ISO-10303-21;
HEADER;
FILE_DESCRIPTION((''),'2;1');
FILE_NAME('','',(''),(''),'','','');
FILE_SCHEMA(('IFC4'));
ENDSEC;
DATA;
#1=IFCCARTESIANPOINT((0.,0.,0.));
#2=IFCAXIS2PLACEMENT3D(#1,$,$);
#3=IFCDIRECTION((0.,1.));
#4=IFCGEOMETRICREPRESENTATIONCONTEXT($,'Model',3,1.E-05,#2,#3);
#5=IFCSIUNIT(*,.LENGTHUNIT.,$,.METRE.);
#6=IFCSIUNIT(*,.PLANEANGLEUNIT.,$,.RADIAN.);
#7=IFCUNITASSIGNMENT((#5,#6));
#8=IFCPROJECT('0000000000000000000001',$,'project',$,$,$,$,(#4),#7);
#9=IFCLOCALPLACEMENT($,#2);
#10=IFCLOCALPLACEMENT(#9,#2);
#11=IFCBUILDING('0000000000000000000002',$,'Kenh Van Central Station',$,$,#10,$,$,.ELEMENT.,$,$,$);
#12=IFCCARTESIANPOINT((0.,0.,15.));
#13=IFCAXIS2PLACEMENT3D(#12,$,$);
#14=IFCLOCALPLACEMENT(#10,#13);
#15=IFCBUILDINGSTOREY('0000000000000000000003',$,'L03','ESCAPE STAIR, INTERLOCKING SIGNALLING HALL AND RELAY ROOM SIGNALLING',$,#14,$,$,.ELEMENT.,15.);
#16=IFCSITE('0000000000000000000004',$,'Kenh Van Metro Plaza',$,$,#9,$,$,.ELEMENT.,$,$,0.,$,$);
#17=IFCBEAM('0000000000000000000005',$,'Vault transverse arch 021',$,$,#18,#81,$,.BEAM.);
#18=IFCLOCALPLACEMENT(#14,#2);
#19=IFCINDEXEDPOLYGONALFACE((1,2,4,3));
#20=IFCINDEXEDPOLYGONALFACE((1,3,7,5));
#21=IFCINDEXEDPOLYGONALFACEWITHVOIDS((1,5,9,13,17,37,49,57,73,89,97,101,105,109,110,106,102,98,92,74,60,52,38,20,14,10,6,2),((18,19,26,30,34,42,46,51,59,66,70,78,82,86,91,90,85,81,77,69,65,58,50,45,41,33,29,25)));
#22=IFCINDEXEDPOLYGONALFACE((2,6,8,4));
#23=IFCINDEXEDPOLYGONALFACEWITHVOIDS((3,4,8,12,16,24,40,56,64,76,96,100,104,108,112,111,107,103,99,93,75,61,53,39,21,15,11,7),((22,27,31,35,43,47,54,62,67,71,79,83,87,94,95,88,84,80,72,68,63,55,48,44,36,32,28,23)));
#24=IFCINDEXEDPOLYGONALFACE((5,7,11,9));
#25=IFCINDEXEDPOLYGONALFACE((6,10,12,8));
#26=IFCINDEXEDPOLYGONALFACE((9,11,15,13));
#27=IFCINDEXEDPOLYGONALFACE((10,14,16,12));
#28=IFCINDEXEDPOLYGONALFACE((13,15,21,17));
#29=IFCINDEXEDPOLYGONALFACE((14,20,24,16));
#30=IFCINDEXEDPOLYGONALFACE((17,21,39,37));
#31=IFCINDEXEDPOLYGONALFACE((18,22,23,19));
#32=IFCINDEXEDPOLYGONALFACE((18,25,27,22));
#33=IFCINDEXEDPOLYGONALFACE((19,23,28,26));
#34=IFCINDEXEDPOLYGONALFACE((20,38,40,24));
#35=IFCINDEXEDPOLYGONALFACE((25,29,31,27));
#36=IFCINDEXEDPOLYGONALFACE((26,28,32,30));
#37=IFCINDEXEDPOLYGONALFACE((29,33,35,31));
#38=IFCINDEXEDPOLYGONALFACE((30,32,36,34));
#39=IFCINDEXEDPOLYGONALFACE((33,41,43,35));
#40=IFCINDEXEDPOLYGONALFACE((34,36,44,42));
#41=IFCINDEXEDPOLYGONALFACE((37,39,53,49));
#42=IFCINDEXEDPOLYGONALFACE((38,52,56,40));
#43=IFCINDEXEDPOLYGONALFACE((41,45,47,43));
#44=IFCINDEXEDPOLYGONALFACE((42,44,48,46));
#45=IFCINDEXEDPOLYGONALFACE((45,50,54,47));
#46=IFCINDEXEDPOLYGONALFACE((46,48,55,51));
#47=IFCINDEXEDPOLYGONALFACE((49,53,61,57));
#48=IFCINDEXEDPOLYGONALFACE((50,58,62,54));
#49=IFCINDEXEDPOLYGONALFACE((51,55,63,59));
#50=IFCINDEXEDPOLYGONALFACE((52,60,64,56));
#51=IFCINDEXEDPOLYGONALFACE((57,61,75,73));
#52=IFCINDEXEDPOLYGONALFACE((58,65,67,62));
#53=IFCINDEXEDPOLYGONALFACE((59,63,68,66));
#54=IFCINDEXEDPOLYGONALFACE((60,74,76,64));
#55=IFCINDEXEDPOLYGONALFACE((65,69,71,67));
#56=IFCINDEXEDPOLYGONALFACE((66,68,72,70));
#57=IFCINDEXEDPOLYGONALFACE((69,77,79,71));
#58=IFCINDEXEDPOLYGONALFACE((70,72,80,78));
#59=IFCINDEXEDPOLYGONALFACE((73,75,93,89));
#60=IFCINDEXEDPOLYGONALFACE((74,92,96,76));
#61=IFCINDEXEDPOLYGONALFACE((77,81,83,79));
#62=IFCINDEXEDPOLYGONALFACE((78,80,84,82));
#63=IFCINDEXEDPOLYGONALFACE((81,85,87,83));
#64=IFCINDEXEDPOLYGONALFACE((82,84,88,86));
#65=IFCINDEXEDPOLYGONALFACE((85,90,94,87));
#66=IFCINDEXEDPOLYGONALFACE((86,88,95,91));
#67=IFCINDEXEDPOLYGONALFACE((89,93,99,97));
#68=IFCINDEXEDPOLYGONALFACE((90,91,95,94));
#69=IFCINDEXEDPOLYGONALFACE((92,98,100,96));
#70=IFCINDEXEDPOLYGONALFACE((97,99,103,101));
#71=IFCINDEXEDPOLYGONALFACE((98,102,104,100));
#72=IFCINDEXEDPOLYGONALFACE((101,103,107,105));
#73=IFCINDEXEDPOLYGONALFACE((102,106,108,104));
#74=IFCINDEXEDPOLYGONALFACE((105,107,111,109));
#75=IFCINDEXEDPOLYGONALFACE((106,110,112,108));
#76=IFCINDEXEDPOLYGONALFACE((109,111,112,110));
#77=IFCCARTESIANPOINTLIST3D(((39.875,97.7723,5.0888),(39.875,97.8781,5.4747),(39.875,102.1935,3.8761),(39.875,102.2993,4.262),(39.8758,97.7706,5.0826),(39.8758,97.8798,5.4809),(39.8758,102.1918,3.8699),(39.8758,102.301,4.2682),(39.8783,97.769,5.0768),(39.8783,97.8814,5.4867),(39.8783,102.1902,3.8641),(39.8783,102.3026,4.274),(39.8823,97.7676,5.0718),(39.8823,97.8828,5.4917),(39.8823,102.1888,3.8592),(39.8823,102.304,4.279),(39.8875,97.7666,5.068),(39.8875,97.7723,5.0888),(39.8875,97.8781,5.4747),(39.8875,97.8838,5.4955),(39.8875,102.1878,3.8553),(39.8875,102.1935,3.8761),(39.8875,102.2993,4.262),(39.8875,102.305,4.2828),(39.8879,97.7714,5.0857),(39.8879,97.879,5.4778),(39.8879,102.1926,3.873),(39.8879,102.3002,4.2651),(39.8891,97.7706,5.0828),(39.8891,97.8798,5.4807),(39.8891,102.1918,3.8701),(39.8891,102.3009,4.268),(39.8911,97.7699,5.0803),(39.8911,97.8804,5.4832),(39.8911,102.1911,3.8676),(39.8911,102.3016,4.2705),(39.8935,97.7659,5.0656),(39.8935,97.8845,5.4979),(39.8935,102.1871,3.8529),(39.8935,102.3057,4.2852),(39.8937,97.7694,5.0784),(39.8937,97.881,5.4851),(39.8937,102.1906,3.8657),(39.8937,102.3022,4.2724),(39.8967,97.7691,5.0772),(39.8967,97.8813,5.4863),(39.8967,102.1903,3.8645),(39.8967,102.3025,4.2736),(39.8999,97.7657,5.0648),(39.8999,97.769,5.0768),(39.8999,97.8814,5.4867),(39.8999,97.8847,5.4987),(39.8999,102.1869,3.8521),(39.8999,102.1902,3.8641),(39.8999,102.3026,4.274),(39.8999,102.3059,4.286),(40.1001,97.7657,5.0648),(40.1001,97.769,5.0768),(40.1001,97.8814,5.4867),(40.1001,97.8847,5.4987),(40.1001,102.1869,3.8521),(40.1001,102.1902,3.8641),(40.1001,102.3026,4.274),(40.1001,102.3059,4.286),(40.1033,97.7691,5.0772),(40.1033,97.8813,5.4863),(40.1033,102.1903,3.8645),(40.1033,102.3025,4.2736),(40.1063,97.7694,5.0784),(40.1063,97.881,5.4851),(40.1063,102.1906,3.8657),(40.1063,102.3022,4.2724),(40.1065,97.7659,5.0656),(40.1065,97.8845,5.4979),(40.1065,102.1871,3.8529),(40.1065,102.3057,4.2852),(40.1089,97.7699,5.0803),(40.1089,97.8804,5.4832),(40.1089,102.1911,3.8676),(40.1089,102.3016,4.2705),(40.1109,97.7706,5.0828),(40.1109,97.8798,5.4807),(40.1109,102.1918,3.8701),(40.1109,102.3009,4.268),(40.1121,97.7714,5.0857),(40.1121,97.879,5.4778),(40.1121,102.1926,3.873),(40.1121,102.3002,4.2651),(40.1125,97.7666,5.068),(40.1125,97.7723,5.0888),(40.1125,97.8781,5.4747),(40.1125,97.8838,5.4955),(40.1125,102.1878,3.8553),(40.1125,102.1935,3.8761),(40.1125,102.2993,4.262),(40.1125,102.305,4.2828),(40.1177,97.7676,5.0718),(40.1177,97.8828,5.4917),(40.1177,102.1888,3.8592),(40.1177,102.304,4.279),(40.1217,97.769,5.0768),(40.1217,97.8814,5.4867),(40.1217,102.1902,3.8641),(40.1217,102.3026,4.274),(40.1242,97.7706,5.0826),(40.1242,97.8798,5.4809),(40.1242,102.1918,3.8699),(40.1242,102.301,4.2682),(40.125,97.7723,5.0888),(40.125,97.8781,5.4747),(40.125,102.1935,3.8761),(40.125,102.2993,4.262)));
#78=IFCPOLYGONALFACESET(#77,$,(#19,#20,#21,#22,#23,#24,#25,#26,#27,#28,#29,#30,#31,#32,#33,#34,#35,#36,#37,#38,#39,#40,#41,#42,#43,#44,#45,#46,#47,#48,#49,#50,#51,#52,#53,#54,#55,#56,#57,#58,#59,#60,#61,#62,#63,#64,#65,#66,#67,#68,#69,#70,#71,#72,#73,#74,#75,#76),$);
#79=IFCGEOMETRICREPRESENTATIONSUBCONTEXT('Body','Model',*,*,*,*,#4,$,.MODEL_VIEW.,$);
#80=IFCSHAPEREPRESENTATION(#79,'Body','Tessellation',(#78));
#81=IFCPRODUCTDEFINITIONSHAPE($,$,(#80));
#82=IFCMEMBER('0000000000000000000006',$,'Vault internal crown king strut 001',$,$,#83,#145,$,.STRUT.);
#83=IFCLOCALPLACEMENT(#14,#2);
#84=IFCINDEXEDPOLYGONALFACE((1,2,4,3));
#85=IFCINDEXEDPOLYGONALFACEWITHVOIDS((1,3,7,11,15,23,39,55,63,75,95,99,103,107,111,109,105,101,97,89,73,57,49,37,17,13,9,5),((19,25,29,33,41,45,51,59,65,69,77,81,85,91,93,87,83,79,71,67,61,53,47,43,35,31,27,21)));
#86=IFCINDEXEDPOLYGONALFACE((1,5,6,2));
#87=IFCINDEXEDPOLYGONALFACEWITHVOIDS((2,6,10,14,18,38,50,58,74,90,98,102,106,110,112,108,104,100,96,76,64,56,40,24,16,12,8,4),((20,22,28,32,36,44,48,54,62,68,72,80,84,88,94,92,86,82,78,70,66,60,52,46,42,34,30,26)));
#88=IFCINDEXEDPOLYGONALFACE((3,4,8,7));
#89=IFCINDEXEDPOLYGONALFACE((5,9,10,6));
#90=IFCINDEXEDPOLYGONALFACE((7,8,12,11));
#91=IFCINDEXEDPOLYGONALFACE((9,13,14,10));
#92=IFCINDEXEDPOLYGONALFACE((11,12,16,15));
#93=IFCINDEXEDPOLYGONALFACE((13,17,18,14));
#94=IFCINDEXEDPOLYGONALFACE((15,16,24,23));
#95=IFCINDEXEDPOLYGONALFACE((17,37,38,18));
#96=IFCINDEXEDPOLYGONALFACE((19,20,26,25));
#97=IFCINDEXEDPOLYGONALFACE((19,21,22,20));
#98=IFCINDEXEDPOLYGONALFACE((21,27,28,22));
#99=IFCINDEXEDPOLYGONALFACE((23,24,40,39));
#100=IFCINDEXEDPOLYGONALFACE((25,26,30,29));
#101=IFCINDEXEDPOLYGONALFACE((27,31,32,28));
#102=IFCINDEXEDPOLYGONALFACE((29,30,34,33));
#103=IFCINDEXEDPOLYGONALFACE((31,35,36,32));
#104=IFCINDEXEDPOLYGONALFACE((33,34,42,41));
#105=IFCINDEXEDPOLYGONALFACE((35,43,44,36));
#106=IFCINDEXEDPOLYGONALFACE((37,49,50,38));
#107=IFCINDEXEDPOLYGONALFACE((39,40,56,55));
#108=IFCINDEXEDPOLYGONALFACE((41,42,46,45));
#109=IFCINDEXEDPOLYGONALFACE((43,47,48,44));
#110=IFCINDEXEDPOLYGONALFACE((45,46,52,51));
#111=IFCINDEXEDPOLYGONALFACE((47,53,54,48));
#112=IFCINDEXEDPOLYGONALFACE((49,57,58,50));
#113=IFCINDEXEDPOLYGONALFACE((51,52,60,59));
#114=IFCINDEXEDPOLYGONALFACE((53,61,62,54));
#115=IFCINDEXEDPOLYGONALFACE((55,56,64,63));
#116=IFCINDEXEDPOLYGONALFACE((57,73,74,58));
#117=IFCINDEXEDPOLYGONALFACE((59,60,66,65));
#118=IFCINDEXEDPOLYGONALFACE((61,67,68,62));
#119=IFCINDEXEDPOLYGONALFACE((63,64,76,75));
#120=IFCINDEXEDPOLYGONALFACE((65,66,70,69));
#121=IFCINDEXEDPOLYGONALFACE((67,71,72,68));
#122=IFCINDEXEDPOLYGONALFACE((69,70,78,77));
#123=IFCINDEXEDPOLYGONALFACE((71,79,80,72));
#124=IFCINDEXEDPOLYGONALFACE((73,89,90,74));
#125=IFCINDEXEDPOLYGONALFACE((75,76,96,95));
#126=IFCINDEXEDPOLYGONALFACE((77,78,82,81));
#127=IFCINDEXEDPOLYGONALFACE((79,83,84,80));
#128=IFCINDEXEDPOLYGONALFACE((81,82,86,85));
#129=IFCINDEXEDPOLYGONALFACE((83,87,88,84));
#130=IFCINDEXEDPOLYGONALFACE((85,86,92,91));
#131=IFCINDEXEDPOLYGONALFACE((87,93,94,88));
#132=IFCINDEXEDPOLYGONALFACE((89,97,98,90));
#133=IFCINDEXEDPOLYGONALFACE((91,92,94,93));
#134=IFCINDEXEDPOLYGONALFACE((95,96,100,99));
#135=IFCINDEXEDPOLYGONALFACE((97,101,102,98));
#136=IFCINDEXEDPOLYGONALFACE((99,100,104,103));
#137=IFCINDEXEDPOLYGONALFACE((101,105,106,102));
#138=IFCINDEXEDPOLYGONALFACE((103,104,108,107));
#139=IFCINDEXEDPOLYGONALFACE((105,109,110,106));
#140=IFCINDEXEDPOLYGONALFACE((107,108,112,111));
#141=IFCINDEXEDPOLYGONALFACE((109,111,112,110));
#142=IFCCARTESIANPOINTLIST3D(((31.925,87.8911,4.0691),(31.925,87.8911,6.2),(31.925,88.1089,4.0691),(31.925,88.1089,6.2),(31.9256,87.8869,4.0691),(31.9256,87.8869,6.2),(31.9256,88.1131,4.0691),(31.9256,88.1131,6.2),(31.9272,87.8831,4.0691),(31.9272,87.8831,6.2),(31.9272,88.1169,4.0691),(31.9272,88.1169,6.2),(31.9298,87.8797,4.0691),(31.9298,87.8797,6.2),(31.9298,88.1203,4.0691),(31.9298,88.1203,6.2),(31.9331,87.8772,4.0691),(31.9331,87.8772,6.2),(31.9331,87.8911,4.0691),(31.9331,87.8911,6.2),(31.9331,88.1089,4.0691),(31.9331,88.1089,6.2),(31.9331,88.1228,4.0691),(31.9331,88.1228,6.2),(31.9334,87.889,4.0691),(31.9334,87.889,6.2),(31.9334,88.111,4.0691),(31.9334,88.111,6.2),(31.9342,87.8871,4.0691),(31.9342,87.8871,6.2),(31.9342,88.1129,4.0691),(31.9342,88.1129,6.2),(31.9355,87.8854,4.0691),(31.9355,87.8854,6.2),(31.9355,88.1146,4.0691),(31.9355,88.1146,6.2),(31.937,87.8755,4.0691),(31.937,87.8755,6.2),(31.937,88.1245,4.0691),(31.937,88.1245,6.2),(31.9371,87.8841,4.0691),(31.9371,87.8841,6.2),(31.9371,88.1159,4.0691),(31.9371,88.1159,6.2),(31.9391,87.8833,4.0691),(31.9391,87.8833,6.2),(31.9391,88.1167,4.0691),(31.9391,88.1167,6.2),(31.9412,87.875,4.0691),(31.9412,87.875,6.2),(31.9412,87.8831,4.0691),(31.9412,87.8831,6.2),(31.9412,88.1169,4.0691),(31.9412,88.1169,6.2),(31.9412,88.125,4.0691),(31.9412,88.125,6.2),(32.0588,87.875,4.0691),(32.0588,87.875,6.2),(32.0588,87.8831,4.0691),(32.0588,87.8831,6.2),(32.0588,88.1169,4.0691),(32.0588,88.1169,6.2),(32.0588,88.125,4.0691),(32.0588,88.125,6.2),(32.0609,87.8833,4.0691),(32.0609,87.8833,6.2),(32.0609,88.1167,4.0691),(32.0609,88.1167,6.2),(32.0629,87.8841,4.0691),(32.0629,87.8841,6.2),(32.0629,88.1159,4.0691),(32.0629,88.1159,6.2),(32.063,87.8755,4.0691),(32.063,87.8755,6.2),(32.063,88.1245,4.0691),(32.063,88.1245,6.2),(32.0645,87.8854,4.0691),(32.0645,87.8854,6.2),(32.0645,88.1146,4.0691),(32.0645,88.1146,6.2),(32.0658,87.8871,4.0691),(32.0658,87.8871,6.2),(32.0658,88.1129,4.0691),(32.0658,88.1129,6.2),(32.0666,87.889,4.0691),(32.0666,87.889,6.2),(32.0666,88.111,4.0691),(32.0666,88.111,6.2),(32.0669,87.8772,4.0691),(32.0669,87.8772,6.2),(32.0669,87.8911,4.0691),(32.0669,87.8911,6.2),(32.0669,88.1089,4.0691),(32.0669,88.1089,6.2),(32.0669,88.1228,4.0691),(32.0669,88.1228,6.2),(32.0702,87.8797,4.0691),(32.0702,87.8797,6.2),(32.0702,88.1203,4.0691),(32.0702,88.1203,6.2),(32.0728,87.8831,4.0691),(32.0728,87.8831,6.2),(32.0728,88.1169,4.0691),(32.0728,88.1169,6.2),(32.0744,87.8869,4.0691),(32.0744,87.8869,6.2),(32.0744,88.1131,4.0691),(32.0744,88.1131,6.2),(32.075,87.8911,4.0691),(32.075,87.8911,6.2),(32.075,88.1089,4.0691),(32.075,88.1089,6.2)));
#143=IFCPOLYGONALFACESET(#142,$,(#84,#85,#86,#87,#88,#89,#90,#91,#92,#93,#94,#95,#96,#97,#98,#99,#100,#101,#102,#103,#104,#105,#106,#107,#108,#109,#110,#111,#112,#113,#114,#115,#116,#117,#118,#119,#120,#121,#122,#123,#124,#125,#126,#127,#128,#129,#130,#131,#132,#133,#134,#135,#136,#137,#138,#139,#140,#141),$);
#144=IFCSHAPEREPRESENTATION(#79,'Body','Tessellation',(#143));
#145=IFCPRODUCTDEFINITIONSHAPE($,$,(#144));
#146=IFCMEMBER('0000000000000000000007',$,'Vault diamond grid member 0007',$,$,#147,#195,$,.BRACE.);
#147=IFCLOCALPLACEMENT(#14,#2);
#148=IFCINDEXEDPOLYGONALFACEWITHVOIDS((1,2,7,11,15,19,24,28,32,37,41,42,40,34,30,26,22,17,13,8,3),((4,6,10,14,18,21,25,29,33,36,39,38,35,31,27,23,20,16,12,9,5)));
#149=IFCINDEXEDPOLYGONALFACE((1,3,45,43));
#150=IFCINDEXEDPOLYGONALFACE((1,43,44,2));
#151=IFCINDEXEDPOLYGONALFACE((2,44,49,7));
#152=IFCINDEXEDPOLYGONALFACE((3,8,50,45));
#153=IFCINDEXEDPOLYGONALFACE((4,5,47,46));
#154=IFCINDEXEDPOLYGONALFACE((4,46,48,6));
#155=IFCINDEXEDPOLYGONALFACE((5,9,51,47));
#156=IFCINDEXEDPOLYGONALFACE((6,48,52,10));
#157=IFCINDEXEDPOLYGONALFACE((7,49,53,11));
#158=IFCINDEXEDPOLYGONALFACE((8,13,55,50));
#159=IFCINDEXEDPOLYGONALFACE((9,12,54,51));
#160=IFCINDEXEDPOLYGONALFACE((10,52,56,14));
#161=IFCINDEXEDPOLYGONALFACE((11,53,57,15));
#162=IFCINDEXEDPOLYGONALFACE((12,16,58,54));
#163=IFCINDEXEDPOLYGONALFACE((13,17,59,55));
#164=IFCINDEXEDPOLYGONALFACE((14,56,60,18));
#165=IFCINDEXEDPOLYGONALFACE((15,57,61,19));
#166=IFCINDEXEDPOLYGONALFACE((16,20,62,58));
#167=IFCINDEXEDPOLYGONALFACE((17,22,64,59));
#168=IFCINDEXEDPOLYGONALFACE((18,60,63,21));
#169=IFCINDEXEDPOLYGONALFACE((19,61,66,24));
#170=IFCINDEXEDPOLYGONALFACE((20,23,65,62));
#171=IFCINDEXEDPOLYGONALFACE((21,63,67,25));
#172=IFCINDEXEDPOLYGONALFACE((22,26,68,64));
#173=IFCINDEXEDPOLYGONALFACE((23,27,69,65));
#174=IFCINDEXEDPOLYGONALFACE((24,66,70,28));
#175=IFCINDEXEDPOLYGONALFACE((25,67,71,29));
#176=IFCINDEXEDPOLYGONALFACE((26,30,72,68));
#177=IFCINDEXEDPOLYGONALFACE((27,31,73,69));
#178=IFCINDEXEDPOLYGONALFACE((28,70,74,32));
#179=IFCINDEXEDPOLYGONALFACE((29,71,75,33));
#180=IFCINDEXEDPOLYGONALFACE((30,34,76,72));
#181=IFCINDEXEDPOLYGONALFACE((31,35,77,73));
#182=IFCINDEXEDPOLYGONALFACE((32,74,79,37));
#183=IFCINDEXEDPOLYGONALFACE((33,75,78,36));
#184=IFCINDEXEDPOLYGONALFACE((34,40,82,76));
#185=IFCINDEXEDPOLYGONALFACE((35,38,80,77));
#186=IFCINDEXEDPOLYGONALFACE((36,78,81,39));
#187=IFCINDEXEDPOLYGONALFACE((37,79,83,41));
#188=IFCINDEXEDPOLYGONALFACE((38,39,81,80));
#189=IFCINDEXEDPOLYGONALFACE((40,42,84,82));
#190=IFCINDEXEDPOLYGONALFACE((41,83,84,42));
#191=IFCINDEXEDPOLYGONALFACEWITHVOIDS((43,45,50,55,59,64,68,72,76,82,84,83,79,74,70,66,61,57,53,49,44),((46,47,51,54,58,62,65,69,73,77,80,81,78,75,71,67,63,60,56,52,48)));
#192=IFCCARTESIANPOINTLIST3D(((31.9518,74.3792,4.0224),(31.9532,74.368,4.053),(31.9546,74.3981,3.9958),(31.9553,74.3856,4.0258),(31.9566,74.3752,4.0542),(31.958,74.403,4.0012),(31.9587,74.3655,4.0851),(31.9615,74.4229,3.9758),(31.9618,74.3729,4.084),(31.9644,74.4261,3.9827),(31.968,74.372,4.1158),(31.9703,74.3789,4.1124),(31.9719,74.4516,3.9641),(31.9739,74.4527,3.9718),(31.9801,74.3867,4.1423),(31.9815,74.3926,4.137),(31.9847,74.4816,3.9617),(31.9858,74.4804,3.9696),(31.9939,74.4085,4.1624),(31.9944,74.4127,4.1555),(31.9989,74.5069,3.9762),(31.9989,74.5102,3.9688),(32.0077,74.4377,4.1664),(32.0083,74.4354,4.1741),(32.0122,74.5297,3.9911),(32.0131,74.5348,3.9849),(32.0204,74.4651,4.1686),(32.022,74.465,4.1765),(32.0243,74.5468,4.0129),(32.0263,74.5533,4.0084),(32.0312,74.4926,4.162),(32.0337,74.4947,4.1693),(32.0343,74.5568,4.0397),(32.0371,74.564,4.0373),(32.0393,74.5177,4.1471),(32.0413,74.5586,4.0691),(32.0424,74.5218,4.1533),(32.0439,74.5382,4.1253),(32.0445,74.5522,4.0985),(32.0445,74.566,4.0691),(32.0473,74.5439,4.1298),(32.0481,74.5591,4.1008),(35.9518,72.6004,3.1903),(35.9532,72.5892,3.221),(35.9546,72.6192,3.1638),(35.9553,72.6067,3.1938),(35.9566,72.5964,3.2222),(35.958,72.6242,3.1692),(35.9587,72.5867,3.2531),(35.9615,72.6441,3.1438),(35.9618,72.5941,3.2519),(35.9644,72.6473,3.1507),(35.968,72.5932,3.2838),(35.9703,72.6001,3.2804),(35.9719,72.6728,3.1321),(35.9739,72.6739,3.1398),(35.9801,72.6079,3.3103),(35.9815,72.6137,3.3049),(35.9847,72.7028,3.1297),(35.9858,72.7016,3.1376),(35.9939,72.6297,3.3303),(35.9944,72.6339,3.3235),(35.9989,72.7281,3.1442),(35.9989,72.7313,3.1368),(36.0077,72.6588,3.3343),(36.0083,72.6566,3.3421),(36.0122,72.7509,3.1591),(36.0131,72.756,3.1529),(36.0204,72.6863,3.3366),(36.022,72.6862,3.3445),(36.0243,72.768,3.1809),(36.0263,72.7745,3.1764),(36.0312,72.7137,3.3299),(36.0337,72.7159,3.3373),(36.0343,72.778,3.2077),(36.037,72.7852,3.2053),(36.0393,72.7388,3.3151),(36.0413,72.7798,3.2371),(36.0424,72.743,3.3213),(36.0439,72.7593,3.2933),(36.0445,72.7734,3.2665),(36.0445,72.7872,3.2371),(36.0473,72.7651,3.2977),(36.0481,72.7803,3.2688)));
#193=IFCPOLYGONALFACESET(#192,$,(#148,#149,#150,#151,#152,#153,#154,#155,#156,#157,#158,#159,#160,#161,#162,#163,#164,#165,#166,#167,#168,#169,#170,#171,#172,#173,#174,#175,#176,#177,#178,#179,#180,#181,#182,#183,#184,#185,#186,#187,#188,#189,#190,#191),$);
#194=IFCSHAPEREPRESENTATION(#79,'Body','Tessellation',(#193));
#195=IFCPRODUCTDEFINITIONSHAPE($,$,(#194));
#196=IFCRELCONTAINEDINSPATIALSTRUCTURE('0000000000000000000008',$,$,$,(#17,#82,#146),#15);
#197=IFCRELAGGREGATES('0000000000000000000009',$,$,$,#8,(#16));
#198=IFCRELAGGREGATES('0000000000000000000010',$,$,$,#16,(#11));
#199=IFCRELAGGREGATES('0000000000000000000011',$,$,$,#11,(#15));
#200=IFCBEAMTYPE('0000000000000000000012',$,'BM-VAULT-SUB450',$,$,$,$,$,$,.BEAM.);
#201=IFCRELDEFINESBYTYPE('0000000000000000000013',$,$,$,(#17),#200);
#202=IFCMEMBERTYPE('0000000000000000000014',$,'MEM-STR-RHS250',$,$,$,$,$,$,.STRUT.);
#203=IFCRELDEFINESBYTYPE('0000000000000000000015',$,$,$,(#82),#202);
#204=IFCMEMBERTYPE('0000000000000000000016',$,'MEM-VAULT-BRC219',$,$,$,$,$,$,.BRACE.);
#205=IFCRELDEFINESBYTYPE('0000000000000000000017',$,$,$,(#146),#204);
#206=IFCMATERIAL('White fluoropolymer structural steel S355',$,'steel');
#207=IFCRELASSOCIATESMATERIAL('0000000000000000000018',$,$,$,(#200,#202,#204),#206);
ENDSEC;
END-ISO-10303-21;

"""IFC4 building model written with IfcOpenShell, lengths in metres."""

from ifc_helpers import new_model, si_unit, direction, frame, origin, origin_2d, place, context, subcontext, project, spatial, hollow_rectangle, hollow_circle, extrude, material, material_profile, profile_set, type_object, element, save


model = new_model("IFC4")

# Units and contexts
model_context = context("Model", 3, precision=1e-05, world=origin(), true_north=direction((0.0, 1.0)))
body_context = subcontext(model_context, "Body", "Model", "MODEL_VIEW")
ifc_project = project(units=[si_unit("LENGTHUNIT", "METRE"), si_unit("PLANEANGLEUNIT", "RADIAN")], contexts=[model_context])

# Site, building, storey
site_placement = place(None, origin())
site = spatial("IfcSite", under=ifc_project, at=site_placement, Name="Kenh Van Metro Plaza", CompositionType="ELEMENT", RefElevation=0.0)
building_placement = place(site_placement, origin())
building = spatial("IfcBuilding", under=site, at=building_placement, Name="Kenh Van Central Station", CompositionType="ELEMENT")
storey_placement = place(building_placement, frame((0.0, 0.0, 15.0)))
storey = spatial("IfcBuildingStorey", under=building, at=storey_placement, Name="L03", Description="ESCAPE STAIR, INTERLOCKING SIGNALLING HALL AND RELAY ROOM SIGNALLING", CompositionType="ELEMENT", Elevation=15.0)

# Beam
ifc_material_1 = material(Name="White fluoropolymer structural steel S355", Category="steel")
ifc_material_profile_1 = material_profile(ifc_material_1, hollow_rectangle(XDim=0.25, YDim=0.45, WallThickness=0.0125, InnerFilletRadius=0.0125, OuterFilletRadius=0.0249, at=origin_2d()), Name="RHS 450x250x12.5")
ifc_profile_set_1 = profile_set([ifc_material_profile_1], Name="White fluoropolymer structural steel S355")
beam_type_1 = type_object("IfcBeamType", Name="BM-VAULT-SUB450", PredefinedType="BEAM", material=ifc_profile_set_1)
beam_1_placement = place(storey_placement, frame((40.0, 97.8252, 5.2817), z_axis=(0.0, 0.964382, -0.264514), x_axis=(-1.0, 0.0, 0.0)))
element("IfcBeam", 1, at=beam_1_placement, inside=storey, type_object=beam_type_1, Name="Vault transverse arch 021", PredefinedType="BEAM", context=body_context, shape_type="SweptSolid", body=[
    extrude(hollow_rectangle(XDim=0.25, YDim=0.45, WallThickness=0.0125, InnerFilletRadius=0.0125, OuterFilletRadius=0.0249, at=origin_2d()), origin(), (0.0, 0.0, 1.0), 4.5845),
])

# Members
ifc_material_profile_2 = material_profile(ifc_material_1, hollow_rectangle(XDim=0.1499, YDim=0.25, WallThickness=0.0081, InnerFilletRadius=0.0081, OuterFilletRadius=0.0161, at=origin_2d()), Name="RHS 250x150x8")
ifc_profile_set_2 = profile_set([ifc_material_profile_2], Name="White fluoropolymer structural steel S355")
member_type_1 = type_object("IfcMemberType", Name="MEM-STR-RHS250", PredefinedType="STRUT", material=ifc_profile_set_2)
member_1_placement = place(storey_placement, frame((32.0, 88.0, 4.0691), z_axis=(0.0, 0.0, 1.0), x_axis=(1.0, 0.0, 0.0)))
element("IfcMember", 2, at=member_1_placement, inside=storey, type_object=member_type_1, Name="Vault internal crown king strut 001", PredefinedType="STRUT", context=body_context, shape_type="SweptSolid", body=[
    extrude(hollow_rectangle(XDim=0.1499, YDim=0.25, WallThickness=0.0081, InnerFilletRadius=0.0081, OuterFilletRadius=0.0161, at=origin_2d()), origin(), (0.0, 0.0, 1.0), 2.1309),
])
ifc_material_profile_3 = material_profile(ifc_material_1, hollow_circle(Radius=0.1096, WallThickness=0.0081, at=origin_2d()), Name="CHS 219.1x8")
ifc_profile_set_3 = profile_set([ifc_material_profile_3], Name="White fluoropolymer structural steel S355")
member_type_2 = type_object("IfcMemberType", Name="MEM-VAULT-BRC219", PredefinedType="BRACE", material=ifc_profile_set_3)
member_2_placement = place(storey_placement, frame((32.0, 74.4658, 4.0691), z_axis=(0.897655, -0.399189, -0.186719), x_axis=(0.406335, 0.913724, 0.0)))
element("IfcMember", 3, at=member_2_placement, inside=storey, type_object=member_type_2, Name="Vault diamond grid member 0007", PredefinedType="BRACE", context=body_context, shape_type="SweptSolid", body=[
    extrude(hollow_circle(Radius=0.1096, WallThickness=0.0081, at=origin_2d()), origin(), (0.0, 0.0, 1.0), 4.4561),
])

save(model, "model.ifc")
